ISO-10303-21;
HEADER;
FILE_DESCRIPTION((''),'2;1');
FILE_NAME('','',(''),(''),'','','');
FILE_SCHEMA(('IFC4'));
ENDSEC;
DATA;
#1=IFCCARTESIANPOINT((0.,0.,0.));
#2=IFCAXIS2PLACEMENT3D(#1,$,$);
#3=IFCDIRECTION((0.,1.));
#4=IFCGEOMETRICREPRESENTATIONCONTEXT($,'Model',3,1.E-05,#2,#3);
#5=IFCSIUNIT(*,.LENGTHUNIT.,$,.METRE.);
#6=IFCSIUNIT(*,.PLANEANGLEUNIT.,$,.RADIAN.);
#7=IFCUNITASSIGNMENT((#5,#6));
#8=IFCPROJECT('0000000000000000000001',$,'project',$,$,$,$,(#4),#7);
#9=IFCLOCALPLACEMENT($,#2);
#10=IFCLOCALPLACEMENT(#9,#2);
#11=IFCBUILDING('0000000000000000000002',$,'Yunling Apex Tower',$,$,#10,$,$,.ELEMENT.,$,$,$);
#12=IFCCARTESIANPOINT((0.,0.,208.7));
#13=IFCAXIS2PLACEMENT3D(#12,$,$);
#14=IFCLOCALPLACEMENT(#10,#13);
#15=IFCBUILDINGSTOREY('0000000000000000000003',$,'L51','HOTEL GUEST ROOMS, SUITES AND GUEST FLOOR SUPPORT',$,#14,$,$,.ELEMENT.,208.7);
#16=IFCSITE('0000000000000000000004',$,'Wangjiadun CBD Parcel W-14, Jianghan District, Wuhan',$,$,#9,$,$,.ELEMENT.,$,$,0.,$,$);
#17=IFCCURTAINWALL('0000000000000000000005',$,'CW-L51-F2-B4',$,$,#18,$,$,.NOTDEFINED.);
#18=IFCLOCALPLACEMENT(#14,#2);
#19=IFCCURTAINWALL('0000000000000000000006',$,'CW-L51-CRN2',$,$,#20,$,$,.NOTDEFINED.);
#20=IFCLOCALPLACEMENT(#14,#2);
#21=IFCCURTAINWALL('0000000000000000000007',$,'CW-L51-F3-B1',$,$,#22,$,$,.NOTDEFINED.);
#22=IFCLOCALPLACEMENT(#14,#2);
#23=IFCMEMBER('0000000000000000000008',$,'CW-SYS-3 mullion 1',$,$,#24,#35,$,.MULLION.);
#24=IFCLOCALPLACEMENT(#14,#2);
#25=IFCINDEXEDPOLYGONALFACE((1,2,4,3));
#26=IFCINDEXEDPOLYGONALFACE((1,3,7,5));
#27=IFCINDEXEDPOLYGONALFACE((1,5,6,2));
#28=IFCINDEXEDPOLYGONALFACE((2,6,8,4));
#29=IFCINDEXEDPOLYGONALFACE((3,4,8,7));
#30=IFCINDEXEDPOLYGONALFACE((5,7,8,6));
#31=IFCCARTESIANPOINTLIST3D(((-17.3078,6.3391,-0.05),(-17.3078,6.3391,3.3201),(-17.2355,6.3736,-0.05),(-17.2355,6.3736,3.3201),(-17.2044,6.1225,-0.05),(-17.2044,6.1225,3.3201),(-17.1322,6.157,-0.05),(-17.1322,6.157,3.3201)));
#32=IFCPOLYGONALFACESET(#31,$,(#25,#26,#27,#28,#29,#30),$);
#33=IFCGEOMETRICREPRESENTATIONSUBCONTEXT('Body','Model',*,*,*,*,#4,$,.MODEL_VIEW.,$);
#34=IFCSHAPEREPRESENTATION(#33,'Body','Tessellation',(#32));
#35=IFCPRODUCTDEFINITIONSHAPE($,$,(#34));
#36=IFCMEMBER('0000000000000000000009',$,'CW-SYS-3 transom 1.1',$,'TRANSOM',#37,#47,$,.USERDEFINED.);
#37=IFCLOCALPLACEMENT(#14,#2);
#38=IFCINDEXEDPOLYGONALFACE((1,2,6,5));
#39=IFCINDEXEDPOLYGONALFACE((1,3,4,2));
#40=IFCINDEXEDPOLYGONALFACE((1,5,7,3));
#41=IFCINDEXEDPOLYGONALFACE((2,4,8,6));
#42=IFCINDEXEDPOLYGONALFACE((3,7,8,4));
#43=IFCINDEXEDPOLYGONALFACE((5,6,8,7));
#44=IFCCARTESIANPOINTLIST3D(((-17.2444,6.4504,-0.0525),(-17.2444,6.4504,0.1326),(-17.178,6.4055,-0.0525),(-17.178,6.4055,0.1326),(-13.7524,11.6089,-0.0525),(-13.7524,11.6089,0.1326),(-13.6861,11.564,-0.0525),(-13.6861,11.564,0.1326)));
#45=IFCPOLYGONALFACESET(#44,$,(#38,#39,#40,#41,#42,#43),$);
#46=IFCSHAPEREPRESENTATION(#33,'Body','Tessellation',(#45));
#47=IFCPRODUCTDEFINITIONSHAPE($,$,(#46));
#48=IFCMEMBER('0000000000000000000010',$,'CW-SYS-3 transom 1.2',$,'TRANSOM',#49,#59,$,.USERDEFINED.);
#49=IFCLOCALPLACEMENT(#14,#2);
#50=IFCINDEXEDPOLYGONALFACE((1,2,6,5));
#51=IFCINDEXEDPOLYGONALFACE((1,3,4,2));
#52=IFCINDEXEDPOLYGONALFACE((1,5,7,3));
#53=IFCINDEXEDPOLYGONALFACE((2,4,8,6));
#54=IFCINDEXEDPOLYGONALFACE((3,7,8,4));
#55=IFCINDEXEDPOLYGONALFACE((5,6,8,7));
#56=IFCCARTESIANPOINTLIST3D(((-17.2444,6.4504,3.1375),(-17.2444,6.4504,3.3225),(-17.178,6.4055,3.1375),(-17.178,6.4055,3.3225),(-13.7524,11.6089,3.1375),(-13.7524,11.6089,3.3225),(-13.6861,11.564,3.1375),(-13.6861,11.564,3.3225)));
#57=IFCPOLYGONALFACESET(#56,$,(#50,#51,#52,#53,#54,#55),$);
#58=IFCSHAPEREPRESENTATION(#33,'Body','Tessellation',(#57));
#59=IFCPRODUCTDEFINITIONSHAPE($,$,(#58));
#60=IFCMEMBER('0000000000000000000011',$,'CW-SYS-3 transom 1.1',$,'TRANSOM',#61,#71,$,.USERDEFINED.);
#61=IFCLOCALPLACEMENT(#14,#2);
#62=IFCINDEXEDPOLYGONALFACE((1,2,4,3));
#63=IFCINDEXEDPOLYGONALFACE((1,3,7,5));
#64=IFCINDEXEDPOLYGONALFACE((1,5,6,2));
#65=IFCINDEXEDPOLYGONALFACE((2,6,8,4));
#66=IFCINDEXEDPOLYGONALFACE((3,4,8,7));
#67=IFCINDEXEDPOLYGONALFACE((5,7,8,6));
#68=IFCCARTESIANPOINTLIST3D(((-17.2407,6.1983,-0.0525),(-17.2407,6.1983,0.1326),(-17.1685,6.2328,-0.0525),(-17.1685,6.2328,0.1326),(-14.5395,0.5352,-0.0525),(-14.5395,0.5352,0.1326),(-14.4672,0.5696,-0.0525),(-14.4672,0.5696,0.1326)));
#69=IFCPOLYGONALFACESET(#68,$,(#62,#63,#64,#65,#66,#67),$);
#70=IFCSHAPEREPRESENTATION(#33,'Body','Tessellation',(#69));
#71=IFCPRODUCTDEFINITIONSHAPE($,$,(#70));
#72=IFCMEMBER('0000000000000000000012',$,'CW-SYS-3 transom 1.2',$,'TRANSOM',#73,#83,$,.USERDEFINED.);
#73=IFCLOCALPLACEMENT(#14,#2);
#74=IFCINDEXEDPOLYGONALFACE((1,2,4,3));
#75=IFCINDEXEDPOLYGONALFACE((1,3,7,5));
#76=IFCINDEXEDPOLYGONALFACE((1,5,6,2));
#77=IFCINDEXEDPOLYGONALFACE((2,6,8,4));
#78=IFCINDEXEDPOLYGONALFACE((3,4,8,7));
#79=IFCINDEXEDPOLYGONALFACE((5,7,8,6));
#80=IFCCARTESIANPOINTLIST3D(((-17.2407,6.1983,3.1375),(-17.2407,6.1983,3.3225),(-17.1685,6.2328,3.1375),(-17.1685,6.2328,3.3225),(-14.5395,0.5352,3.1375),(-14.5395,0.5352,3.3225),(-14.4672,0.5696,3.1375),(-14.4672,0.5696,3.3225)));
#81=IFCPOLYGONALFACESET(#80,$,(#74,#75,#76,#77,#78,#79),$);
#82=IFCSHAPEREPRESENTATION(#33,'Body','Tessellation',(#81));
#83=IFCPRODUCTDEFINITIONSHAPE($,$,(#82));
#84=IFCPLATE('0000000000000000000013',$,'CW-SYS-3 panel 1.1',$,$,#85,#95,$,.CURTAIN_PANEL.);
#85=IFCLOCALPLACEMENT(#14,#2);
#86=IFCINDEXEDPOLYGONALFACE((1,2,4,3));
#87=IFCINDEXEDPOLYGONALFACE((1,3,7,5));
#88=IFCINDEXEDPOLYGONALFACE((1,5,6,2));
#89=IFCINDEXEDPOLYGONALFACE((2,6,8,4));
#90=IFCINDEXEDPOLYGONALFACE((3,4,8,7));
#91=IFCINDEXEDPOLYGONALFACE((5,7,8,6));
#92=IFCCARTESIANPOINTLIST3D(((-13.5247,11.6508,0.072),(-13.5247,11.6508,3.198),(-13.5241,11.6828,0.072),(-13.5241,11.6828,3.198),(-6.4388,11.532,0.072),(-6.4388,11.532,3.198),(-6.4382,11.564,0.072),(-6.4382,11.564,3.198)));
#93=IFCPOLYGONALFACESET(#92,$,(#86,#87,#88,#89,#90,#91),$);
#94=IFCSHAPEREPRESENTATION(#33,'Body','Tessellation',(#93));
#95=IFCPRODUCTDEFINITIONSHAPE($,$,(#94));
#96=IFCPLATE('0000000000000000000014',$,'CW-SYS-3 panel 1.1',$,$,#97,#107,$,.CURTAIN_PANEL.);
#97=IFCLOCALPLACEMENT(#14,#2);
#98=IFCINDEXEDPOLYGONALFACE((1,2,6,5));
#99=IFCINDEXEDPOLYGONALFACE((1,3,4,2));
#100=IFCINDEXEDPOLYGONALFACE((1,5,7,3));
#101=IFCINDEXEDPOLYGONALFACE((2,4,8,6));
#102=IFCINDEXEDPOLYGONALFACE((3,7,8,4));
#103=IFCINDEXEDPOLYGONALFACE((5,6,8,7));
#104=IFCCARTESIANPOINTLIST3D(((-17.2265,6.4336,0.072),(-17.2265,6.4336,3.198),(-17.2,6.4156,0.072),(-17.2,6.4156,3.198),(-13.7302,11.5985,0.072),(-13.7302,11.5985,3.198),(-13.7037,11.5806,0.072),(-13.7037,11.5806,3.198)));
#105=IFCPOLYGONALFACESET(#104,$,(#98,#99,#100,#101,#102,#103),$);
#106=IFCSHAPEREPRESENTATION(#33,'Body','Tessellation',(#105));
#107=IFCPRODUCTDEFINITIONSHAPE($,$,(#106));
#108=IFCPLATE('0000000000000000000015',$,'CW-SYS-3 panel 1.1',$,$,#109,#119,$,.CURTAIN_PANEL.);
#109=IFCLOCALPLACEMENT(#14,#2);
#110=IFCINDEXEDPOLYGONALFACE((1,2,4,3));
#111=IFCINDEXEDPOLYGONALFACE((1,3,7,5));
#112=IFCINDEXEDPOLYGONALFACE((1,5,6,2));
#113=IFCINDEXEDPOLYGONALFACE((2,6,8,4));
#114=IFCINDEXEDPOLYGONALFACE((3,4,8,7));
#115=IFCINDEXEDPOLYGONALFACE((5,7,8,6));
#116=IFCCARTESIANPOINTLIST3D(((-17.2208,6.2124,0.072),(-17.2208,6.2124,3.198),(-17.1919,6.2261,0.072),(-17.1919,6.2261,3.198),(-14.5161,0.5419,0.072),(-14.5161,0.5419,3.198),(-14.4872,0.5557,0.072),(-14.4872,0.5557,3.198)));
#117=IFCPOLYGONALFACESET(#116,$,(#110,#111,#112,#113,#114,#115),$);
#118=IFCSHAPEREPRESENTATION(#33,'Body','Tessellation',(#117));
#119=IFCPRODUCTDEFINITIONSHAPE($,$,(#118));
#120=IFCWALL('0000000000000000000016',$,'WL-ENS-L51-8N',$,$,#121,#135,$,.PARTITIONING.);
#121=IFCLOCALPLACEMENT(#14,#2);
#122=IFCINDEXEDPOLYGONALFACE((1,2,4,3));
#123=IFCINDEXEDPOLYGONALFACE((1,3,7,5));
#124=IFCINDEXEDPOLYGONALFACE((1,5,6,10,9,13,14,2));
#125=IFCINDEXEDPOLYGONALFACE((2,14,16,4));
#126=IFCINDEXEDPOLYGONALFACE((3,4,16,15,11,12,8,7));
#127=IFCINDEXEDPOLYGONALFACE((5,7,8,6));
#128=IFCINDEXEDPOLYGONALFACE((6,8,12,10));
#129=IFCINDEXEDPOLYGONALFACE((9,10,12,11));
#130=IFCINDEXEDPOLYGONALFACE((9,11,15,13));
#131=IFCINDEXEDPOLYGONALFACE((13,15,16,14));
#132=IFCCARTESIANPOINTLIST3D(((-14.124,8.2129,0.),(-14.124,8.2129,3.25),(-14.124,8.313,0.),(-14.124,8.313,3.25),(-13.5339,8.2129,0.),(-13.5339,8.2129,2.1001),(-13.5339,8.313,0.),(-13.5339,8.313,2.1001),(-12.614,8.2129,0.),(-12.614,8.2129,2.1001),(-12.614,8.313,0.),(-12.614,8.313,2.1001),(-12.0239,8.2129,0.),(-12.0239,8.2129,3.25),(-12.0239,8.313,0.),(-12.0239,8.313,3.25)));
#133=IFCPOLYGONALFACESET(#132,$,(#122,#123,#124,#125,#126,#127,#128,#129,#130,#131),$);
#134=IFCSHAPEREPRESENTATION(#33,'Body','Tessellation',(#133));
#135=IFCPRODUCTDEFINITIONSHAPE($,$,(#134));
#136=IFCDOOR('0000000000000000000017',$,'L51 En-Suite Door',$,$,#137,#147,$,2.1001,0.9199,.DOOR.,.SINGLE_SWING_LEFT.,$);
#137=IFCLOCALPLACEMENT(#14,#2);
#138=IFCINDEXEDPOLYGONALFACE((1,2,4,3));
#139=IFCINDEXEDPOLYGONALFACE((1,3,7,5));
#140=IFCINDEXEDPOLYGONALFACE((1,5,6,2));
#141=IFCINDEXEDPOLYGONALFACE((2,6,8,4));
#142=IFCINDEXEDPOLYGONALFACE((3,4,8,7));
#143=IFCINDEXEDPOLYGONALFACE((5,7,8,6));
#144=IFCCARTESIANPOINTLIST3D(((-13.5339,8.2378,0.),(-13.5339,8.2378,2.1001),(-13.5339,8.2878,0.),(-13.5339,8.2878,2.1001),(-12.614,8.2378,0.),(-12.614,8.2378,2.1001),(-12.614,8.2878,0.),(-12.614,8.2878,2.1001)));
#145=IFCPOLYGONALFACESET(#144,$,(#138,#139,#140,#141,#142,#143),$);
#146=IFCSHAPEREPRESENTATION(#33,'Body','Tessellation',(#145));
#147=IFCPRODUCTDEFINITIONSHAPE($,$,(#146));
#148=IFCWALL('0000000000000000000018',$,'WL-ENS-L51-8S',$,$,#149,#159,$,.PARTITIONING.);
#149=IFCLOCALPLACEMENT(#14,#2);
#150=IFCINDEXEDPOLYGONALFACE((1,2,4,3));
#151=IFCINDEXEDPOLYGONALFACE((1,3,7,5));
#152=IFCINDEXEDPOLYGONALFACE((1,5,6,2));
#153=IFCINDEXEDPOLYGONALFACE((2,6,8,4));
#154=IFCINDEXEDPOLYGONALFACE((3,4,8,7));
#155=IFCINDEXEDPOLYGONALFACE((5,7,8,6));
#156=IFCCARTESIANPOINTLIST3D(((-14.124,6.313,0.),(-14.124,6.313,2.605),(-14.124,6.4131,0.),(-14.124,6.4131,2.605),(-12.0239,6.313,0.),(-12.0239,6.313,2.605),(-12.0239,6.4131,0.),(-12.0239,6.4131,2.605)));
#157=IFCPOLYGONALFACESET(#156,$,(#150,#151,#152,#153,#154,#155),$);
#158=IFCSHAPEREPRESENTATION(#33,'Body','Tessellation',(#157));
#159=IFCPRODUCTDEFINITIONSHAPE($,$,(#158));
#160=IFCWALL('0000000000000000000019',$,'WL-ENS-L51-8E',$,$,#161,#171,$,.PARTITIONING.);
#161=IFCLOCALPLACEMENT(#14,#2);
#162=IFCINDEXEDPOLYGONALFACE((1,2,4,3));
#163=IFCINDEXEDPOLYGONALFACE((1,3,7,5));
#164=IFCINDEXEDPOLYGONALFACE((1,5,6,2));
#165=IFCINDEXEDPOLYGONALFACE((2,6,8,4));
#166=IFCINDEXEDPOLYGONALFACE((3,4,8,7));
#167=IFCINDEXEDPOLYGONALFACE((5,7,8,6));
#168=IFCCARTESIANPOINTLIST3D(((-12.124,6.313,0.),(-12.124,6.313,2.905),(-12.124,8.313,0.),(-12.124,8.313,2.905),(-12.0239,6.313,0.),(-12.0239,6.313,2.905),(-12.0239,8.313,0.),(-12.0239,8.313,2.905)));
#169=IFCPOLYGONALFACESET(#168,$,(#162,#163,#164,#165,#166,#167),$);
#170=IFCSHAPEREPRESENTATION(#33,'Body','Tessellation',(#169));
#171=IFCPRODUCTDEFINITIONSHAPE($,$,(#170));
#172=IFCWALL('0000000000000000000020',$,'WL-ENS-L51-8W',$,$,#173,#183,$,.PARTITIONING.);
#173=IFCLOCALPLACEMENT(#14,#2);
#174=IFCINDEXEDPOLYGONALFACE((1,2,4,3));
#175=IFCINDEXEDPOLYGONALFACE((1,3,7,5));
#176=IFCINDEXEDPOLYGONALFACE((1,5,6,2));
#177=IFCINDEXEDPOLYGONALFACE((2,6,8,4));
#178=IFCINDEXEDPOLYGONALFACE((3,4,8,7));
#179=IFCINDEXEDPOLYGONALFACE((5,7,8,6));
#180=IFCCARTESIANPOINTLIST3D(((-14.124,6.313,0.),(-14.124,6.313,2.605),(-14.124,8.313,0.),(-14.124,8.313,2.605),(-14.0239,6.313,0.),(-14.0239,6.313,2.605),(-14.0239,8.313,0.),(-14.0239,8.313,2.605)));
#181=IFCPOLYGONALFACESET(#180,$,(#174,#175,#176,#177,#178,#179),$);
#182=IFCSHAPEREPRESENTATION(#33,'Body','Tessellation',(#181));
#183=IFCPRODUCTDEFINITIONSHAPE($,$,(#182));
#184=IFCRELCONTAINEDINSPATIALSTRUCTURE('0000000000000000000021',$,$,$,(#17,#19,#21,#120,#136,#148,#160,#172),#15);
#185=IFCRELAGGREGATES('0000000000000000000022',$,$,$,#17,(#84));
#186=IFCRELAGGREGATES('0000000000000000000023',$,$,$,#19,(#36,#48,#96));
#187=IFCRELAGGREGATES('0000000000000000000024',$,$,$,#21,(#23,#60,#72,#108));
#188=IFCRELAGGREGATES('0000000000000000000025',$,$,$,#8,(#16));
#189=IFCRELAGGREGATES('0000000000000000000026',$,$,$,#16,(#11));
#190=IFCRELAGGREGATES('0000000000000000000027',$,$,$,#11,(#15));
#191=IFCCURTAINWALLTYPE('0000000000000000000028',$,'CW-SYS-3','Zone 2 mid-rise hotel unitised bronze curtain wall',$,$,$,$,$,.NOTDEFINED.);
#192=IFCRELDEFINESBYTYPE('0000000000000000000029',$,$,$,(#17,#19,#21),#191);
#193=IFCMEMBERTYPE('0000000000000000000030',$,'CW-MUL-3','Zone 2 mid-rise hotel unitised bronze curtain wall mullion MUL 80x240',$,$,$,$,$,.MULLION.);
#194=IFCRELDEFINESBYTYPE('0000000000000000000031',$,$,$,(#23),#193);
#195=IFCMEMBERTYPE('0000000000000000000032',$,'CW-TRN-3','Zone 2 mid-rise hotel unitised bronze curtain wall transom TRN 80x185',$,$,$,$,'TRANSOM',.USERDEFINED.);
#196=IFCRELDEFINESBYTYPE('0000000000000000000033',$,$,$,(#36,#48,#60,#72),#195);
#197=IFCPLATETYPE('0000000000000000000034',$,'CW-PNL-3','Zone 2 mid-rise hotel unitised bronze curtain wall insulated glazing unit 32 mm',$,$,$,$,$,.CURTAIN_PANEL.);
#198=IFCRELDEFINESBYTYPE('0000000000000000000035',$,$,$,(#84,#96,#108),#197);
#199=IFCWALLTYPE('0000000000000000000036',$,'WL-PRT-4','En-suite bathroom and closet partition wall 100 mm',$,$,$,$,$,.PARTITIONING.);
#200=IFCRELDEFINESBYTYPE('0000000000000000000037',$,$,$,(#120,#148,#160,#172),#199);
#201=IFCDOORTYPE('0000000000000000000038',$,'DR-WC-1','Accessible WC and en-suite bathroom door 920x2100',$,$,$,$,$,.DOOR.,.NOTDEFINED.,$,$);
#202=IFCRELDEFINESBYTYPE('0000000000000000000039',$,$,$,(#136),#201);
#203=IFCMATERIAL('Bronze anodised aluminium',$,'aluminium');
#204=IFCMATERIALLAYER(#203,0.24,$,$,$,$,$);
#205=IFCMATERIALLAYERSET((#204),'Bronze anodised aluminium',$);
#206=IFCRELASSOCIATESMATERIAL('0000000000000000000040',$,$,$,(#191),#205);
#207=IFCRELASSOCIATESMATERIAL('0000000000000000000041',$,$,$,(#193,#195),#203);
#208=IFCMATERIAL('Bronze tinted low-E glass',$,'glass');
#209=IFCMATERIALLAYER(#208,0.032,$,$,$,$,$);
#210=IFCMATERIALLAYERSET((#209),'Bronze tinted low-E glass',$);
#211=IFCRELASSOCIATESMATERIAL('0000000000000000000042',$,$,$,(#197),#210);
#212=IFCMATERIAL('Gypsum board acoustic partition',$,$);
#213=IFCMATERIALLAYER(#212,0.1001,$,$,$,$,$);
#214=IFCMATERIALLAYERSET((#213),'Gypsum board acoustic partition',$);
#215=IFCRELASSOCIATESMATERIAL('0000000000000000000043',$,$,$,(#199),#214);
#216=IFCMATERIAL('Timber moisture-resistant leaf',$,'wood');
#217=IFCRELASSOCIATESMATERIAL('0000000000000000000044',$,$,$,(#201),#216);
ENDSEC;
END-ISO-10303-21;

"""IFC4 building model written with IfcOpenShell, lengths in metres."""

from ifc_helpers import new_model, si_unit, direction, frame, frame_2d, origin, origin_2d, place, context, subcontext, project, spatial, rectangle, extrude, source, transform, mapped, material, layer, layer_set, material_profile, profile_set, type_object, element, fill, aggregate, save


model = new_model("IFC4")

# Units and contexts
model_context = context("Model", 3, precision=1e-05, world=origin(), true_north=direction((0.0, 1.0)))
body_context = subcontext(model_context, "Body", "Model", "MODEL_VIEW")
ifc_project = project(units=[si_unit("LENGTHUNIT", "METRE"), si_unit("PLANEANGLEUNIT", "RADIAN")], contexts=[model_context])

# Site, building, storey
site_placement = place(None, origin())
site = spatial("IfcSite", under=ifc_project, at=site_placement, Name="Wangjiadun CBD Parcel W-14, Jianghan District, Wuhan", CompositionType="ELEMENT", RefElevation=0.0)
building_placement = place(site_placement, origin())
building = spatial("IfcBuilding", under=site, at=building_placement, Name="Yunling Apex Tower", CompositionType="ELEMENT")
storey_placement = place(building_placement, frame((0.0, 0.0, 208.7)))
storey = spatial("IfcBuildingStorey", under=building, at=storey_placement, Name="L51", Description="HOTEL GUEST ROOMS, SUITES AND GUEST FLOOR SUPPORT", CompositionType="ELEMENT", Elevation=208.7)

# Curtain wall
ifc_material_1 = material(Name="Bronze anodised aluminium", Category="aluminium")
ifc_layer_1 = layer(ifc_material_1, 0.24)
ifc_layer_set_1 = layer_set([ifc_layer_1], Name="Bronze anodised aluminium")
curtain_wall_type = type_object("IfcCurtainWallType", Name="CW-SYS-3", Description="Zone 2 mid-rise hotel unitised bronze curtain wall", PredefinedType="NOTDEFINED", material=ifc_layer_set_1)
curtain_wall_1_placement = place(storey_placement, origin())
curtain_wall_1 = element("IfcCurtainWall", 1, at=curtain_wall_1_placement, inside=storey, type_object=curtain_wall_type, Name="CW-L51-F2-B4", PredefinedType="NOTDEFINED")
ifc_material_profile_1 = material_profile(ifc_material_1, rectangle(XDim=0.0801, YDim=0.24, at=origin_2d()))
ifc_profile_set_1 = profile_set([ifc_material_profile_1], Name="Bronze anodised aluminium")
member_type_1 = type_object("IfcMemberType", Name="CW-MUL-3", Description="Zone 2 mid-rise hotel unitised bronze curtain wall mullion MUL 80x240", PredefinedType="MULLION", material=ifc_profile_set_1)
shared_shape_1 = source(origin(), body_context, "Body", "SweptSolid", [
    extrude(rectangle(XDim=0.0801, YDim=0.24, at=origin_2d()), origin(), (0.0, 0.0, 1.0), 3.3701),
])

# Curtain wall
curtain_wall_2_placement = place(storey_placement, origin())
curtain_wall_2 = element("IfcCurtainWall", 2, at=curtain_wall_2_placement, inside=storey, type_object=curtain_wall_type, Name="CW-L51-CRN2", PredefinedType="NOTDEFINED")

# Curtain wall, member
curtain_wall_3_placement = place(storey_placement, origin())
curtain_wall_3 = element("IfcCurtainWall", 3, at=curtain_wall_3_placement, inside=storey, type_object=curtain_wall_type, Name="CW-L51-F3-B1", PredefinedType="NOTDEFINED")
member_1_placement = place(storey_placement, frame((-17.22, 6.248, -0.05), z_axis=(0.0, 0.0, 1.0), x_axis=(0.902582, 0.430518, 0.0)))
member_1 = element("IfcMember", 4, at=member_1_placement, type_object=member_type_1, Name="CW-SYS-3 mullion 1", PredefinedType="MULLION", context=body_context, shape_type="MappedRepresentation", body=[
    mapped(shared_shape_1, transform((0.0, 0.0, 0.0), scale=1.0)),
])

# Members
ifc_material_profile_2 = material_profile(ifc_material_1, rectangle(XDim=0.0801, YDim=0.1851, at=origin_2d()))
ifc_profile_set_2 = profile_set([ifc_material_profile_2], Name="Bronze anodised aluminium")
member_type_2 = type_object("IfcMemberType", Name="CW-TRN-3", Description="Zone 2 mid-rise hotel unitised bronze curtain wall transom TRN 80x185", ElementType="TRANSOM", PredefinedType="USERDEFINED", material=ifc_profile_set_2)
shared_shape_2 = source(origin(), body_context, "Body", "SweptSolid", [
    extrude(rectangle(XDim=0.0801, YDim=0.1851, at=origin_2d()), origin(), (0.0, 0.0, 1.0), 6.2292),
])
member_2_placement = place(storey_placement, frame((-13.7192, 11.5864, 0.04), z_axis=(-0.560574, -0.828104, 0.0), x_axis=(0.828104, -0.560574, 0.0)))
member_2 = element("IfcMember", 5, at=member_2_placement, type_object=member_type_2, Name="CW-SYS-3 transom 1.1", ObjectType="TRANSOM", PredefinedType="USERDEFINED", context=body_context, shape_type="MappedRepresentation", body=[
    mapped(shared_shape_2, transform((0.0, 0.0, 0.0), scale=1.0)),
])
member_3_placement = place(storey_placement, frame((-13.7192, 11.5864, 3.23), z_axis=(-0.560574, -0.828104, 0.0), x_axis=(0.828104, -0.560574, 0.0)))
member_3 = element("IfcMember", 6, at=member_3_placement, type_object=member_type_2, Name="CW-SYS-3 transom 1.2", ObjectType="TRANSOM", PredefinedType="USERDEFINED", context=body_context, shape_type="MappedRepresentation", body=[
    mapped(shared_shape_2, transform((0.0, 0.0, 0.0), scale=1.0)),
])
shared_shape_3 = source(origin(), body_context, "Body", "SweptSolid", [
    extrude(rectangle(XDim=0.0801, YDim=0.1851, at=origin_2d()), origin(), (0.0, 0.0, 1.0), 6.2744),
])
member_4_placement = place(storey_placement, frame((-17.2046, 6.2156, 0.04), z_axis=(0.430513, -0.902584, 0.0), x_axis=(0.902584, 0.430513, 0.0)))
member_4 = element("IfcMember", 7, at=member_4_placement, type_object=member_type_2, Name="CW-SYS-3 transom 1.1", ObjectType="TRANSOM", PredefinedType="USERDEFINED", context=body_context, shape_type="MappedRepresentation", body=[
    mapped(shared_shape_3, transform((0.0, 0.0, 0.0), scale=1.0)),
])
member_5_placement = place(storey_placement, frame((-17.2046, 6.2156, 3.23), z_axis=(0.430513, -0.902584, 0.0), x_axis=(0.902584, 0.430513, 0.0)))
member_5 = element("IfcMember", 8, at=member_5_placement, type_object=member_type_2, Name="CW-SYS-3 transom 1.2", ObjectType="TRANSOM", PredefinedType="USERDEFINED", context=body_context, shape_type="MappedRepresentation", body=[
    mapped(shared_shape_3, transform((0.0, 0.0, 0.0), scale=1.0)),
])

# Plates
ifc_material_2 = material(Name="Bronze tinted low-E glass", Category="glass")
ifc_layer_2 = layer(ifc_material_2, 0.032)
ifc_layer_set_2 = layer_set([ifc_layer_2], Name="Bronze tinted low-E glass")
plate_type = type_object("IfcPlateType", Name="CW-PNL-3", Description="Zone 2 mid-rise hotel unitised bronze curtain wall insulated glazing unit 32 mm", PredefinedType="CURTAIN_PANEL", material=ifc_layer_set_2)
shared_shape_4 = source(origin(), body_context, "Body", "SweptSolid", [
    extrude(rectangle(XDim=7.0869, YDim=0.032, at=origin_2d()), origin(), (0.0, 0.0, 1.0), 3.126),
])
plate_1_placement = place(storey_placement, frame((-9.9814, 11.6074, 0.072), z_axis=(0.0, 0.0, 1.0), x_axis=(-0.99986, 0.016761, 0.0)))
plate_1 = element("IfcPlate", 9, at=plate_1_placement, type_object=plate_type, Name="CW-SYS-3 panel 1.1", PredefinedType="CURTAIN_PANEL", context=body_context, shape_type="MappedRepresentation", body=[
    mapped(shared_shape_4, transform((0.0, 0.0, 0.0), scale=1.0)),
])
aggregate(curtain_wall_1, [plate_1])
shared_shape_5 = source(origin(), body_context, "Body", "SweptSolid", [
    extrude(rectangle(XDim=6.2371, YDim=0.032, at=origin_2d()), origin(), (0.0, 0.0, 1.0), 3.126),
])
plate_2_placement = place(storey_placement, frame((-15.4651, 9.0071, 0.072), z_axis=(0.0, 0.0, 1.0), x_axis=(-0.56057, -0.828107, 0.0)))
plate_2 = element("IfcPlate", 10, at=plate_2_placement, type_object=plate_type, Name="CW-SYS-3 panel 1.1", PredefinedType="CURTAIN_PANEL", context=body_context, shape_type="MappedRepresentation", body=[
    mapped(shared_shape_5, transform((0.0, 0.0, 0.0), scale=1.0)),
])
aggregate(curtain_wall_2, [member_2, member_3, plate_2])
shared_shape_6 = source(origin(), body_context, "Body", "SweptSolid", [
    extrude(rectangle(XDim=6.2825, YDim=0.032, at=origin_2d()), origin(), (0.0, 0.0, 1.0), 3.126),
])
plate_3_placement = place(storey_placement, frame((-15.854, 3.384, 0.072), z_axis=(0.0, 0.0, 1.0), x_axis=(0.430518, -0.902582, 0.0)))
plate_3 = element("IfcPlate", 11, at=plate_3_placement, type_object=plate_type, Name="CW-SYS-3 panel 1.1", PredefinedType="CURTAIN_PANEL", context=body_context, shape_type="MappedRepresentation", body=[
    mapped(shared_shape_6, transform((0.0, 0.0, 0.0), scale=1.0)),
])
aggregate(curtain_wall_3, [member_1, member_4, member_5, plate_3])

# Wall, opening, door
ifc_material_3 = material(Name="Gypsum board acoustic partition")
ifc_layer_3 = layer(ifc_material_3, 0.1001)
ifc_layer_set_3 = layer_set([ifc_layer_3], Name="Gypsum board acoustic partition")
wall_type = type_object("IfcWallType", Name="WL-PRT-4", Description="En-suite bathroom and closet partition wall 100 mm", PredefinedType="PARTITIONING", material=ifc_layer_set_3)
wall_1_placement = place(storey_placement, frame((-14.124, 8.2629, 0.0), z_axis=(0.0, 0.0, 1.0), x_axis=(1.0, 0.0, 0.0)))
wall_1 = element("IfcWall", 12, at=wall_1_placement, inside=storey, type_object=wall_type, Name="WL-ENS-L51-8N", PredefinedType="PARTITIONING", context=body_context, shape_type="SweptSolid", body=[
    extrude(rectangle(XDim=2.1001, YDim=0.1001, at=frame_2d((1.05, 0.0))), origin(), (0.0, 0.0, 1.0), 3.25),
])
opening_1_placement = place(wall_1_placement, frame((0.5901, 0.0, 0.0)))
opening_1 = element("IfcOpeningElement", 13, at=opening_1_placement, cuts=wall_1, PredefinedType="OPENING", context=body_context, shape_type="SweptSolid", body=[
    extrude(rectangle(XDim=0.9199, YDim=2.1001, at=frame_2d((0.46, 1.05))), frame((0.0, 0.0601, 0.0), z_axis=(0.0, -1.0, 0.0), x_axis=(1.0, 0.0, 0.0)), (0.0, 0.0, 1.0), 0.1201),
])
ifc_material_4 = material(Name="Timber moisture-resistant leaf", Category="wood")
door_type = type_object("IfcDoorType", Name="DR-WC-1", Description="Accessible WC and en-suite bathroom door 920x2100", OperationType="NOTDEFINED", PredefinedType="DOOR", material=ifc_material_4)
door_1_placement = place(opening_1_placement, origin())
door_1 = element("IfcDoor", 14, at=door_1_placement, inside=storey, type_object=door_type, Name="L51 En-Suite Door", OperationType="SINGLE_SWING_LEFT", OverallHeight=2.1001, OverallWidth=0.9199, PredefinedType="DOOR", context=body_context, shape_type="SweptSolid", body=[
    extrude(rectangle(XDim=0.9199, YDim=2.1001, at=frame_2d((0.46, 1.05))), frame((0.0, 0.0249, 0.0), z_axis=(0.0, -1.0, 0.0), x_axis=(1.0, 0.0, 0.0)), (0.0, 0.0, 1.0), 0.05),
])
fill(opening_1, door_1)

# Walls
wall_2_placement = place(storey_placement, frame((-12.0239, 6.363, 0.0), z_axis=(0.0, 0.0, 1.0), x_axis=(-1.0, 0.0, 0.0)))
element("IfcWall", 15, at=wall_2_placement, inside=storey, type_object=wall_type, Name="WL-ENS-L51-8S", PredefinedType="PARTITIONING", context=body_context, shape_type="SweptSolid", body=[
    extrude(rectangle(XDim=2.1001, YDim=0.1001, at=frame_2d((1.05, 0.0))), origin(), (0.0, 0.0, 1.0), 2.605),
])
wall_3_placement = place(storey_placement, frame((-12.074, 8.313, 0.0), z_axis=(0.0, 0.0, 1.0), x_axis=(0.0, -1.0, 0.0)))
element("IfcWall", 16, at=wall_3_placement, inside=storey, type_object=wall_type, Name="WL-ENS-L51-8E", PredefinedType="PARTITIONING", context=body_context, shape_type="SweptSolid", body=[
    extrude(rectangle(XDim=2.0, YDim=0.1001, at=frame_2d((1.0, 0.0))), origin(), (0.0, 0.0, 1.0), 2.905),
])
wall_4_placement = place(storey_placement, frame((-14.074, 6.313, 0.0), z_axis=(0.0, 0.0, 1.0), x_axis=(0.0, 1.0, 0.0)))
element("IfcWall", 17, at=wall_4_placement, inside=storey, type_object=wall_type, Name="WL-ENS-L51-8W", PredefinedType="PARTITIONING", context=body_context, shape_type="SweptSolid", body=[
    extrude(rectangle(XDim=2.0, YDim=0.1001, at=frame_2d((1.0, 0.0))), origin(), (0.0, 0.0, 1.0), 2.605),
])

save(model, "model.ifc")
